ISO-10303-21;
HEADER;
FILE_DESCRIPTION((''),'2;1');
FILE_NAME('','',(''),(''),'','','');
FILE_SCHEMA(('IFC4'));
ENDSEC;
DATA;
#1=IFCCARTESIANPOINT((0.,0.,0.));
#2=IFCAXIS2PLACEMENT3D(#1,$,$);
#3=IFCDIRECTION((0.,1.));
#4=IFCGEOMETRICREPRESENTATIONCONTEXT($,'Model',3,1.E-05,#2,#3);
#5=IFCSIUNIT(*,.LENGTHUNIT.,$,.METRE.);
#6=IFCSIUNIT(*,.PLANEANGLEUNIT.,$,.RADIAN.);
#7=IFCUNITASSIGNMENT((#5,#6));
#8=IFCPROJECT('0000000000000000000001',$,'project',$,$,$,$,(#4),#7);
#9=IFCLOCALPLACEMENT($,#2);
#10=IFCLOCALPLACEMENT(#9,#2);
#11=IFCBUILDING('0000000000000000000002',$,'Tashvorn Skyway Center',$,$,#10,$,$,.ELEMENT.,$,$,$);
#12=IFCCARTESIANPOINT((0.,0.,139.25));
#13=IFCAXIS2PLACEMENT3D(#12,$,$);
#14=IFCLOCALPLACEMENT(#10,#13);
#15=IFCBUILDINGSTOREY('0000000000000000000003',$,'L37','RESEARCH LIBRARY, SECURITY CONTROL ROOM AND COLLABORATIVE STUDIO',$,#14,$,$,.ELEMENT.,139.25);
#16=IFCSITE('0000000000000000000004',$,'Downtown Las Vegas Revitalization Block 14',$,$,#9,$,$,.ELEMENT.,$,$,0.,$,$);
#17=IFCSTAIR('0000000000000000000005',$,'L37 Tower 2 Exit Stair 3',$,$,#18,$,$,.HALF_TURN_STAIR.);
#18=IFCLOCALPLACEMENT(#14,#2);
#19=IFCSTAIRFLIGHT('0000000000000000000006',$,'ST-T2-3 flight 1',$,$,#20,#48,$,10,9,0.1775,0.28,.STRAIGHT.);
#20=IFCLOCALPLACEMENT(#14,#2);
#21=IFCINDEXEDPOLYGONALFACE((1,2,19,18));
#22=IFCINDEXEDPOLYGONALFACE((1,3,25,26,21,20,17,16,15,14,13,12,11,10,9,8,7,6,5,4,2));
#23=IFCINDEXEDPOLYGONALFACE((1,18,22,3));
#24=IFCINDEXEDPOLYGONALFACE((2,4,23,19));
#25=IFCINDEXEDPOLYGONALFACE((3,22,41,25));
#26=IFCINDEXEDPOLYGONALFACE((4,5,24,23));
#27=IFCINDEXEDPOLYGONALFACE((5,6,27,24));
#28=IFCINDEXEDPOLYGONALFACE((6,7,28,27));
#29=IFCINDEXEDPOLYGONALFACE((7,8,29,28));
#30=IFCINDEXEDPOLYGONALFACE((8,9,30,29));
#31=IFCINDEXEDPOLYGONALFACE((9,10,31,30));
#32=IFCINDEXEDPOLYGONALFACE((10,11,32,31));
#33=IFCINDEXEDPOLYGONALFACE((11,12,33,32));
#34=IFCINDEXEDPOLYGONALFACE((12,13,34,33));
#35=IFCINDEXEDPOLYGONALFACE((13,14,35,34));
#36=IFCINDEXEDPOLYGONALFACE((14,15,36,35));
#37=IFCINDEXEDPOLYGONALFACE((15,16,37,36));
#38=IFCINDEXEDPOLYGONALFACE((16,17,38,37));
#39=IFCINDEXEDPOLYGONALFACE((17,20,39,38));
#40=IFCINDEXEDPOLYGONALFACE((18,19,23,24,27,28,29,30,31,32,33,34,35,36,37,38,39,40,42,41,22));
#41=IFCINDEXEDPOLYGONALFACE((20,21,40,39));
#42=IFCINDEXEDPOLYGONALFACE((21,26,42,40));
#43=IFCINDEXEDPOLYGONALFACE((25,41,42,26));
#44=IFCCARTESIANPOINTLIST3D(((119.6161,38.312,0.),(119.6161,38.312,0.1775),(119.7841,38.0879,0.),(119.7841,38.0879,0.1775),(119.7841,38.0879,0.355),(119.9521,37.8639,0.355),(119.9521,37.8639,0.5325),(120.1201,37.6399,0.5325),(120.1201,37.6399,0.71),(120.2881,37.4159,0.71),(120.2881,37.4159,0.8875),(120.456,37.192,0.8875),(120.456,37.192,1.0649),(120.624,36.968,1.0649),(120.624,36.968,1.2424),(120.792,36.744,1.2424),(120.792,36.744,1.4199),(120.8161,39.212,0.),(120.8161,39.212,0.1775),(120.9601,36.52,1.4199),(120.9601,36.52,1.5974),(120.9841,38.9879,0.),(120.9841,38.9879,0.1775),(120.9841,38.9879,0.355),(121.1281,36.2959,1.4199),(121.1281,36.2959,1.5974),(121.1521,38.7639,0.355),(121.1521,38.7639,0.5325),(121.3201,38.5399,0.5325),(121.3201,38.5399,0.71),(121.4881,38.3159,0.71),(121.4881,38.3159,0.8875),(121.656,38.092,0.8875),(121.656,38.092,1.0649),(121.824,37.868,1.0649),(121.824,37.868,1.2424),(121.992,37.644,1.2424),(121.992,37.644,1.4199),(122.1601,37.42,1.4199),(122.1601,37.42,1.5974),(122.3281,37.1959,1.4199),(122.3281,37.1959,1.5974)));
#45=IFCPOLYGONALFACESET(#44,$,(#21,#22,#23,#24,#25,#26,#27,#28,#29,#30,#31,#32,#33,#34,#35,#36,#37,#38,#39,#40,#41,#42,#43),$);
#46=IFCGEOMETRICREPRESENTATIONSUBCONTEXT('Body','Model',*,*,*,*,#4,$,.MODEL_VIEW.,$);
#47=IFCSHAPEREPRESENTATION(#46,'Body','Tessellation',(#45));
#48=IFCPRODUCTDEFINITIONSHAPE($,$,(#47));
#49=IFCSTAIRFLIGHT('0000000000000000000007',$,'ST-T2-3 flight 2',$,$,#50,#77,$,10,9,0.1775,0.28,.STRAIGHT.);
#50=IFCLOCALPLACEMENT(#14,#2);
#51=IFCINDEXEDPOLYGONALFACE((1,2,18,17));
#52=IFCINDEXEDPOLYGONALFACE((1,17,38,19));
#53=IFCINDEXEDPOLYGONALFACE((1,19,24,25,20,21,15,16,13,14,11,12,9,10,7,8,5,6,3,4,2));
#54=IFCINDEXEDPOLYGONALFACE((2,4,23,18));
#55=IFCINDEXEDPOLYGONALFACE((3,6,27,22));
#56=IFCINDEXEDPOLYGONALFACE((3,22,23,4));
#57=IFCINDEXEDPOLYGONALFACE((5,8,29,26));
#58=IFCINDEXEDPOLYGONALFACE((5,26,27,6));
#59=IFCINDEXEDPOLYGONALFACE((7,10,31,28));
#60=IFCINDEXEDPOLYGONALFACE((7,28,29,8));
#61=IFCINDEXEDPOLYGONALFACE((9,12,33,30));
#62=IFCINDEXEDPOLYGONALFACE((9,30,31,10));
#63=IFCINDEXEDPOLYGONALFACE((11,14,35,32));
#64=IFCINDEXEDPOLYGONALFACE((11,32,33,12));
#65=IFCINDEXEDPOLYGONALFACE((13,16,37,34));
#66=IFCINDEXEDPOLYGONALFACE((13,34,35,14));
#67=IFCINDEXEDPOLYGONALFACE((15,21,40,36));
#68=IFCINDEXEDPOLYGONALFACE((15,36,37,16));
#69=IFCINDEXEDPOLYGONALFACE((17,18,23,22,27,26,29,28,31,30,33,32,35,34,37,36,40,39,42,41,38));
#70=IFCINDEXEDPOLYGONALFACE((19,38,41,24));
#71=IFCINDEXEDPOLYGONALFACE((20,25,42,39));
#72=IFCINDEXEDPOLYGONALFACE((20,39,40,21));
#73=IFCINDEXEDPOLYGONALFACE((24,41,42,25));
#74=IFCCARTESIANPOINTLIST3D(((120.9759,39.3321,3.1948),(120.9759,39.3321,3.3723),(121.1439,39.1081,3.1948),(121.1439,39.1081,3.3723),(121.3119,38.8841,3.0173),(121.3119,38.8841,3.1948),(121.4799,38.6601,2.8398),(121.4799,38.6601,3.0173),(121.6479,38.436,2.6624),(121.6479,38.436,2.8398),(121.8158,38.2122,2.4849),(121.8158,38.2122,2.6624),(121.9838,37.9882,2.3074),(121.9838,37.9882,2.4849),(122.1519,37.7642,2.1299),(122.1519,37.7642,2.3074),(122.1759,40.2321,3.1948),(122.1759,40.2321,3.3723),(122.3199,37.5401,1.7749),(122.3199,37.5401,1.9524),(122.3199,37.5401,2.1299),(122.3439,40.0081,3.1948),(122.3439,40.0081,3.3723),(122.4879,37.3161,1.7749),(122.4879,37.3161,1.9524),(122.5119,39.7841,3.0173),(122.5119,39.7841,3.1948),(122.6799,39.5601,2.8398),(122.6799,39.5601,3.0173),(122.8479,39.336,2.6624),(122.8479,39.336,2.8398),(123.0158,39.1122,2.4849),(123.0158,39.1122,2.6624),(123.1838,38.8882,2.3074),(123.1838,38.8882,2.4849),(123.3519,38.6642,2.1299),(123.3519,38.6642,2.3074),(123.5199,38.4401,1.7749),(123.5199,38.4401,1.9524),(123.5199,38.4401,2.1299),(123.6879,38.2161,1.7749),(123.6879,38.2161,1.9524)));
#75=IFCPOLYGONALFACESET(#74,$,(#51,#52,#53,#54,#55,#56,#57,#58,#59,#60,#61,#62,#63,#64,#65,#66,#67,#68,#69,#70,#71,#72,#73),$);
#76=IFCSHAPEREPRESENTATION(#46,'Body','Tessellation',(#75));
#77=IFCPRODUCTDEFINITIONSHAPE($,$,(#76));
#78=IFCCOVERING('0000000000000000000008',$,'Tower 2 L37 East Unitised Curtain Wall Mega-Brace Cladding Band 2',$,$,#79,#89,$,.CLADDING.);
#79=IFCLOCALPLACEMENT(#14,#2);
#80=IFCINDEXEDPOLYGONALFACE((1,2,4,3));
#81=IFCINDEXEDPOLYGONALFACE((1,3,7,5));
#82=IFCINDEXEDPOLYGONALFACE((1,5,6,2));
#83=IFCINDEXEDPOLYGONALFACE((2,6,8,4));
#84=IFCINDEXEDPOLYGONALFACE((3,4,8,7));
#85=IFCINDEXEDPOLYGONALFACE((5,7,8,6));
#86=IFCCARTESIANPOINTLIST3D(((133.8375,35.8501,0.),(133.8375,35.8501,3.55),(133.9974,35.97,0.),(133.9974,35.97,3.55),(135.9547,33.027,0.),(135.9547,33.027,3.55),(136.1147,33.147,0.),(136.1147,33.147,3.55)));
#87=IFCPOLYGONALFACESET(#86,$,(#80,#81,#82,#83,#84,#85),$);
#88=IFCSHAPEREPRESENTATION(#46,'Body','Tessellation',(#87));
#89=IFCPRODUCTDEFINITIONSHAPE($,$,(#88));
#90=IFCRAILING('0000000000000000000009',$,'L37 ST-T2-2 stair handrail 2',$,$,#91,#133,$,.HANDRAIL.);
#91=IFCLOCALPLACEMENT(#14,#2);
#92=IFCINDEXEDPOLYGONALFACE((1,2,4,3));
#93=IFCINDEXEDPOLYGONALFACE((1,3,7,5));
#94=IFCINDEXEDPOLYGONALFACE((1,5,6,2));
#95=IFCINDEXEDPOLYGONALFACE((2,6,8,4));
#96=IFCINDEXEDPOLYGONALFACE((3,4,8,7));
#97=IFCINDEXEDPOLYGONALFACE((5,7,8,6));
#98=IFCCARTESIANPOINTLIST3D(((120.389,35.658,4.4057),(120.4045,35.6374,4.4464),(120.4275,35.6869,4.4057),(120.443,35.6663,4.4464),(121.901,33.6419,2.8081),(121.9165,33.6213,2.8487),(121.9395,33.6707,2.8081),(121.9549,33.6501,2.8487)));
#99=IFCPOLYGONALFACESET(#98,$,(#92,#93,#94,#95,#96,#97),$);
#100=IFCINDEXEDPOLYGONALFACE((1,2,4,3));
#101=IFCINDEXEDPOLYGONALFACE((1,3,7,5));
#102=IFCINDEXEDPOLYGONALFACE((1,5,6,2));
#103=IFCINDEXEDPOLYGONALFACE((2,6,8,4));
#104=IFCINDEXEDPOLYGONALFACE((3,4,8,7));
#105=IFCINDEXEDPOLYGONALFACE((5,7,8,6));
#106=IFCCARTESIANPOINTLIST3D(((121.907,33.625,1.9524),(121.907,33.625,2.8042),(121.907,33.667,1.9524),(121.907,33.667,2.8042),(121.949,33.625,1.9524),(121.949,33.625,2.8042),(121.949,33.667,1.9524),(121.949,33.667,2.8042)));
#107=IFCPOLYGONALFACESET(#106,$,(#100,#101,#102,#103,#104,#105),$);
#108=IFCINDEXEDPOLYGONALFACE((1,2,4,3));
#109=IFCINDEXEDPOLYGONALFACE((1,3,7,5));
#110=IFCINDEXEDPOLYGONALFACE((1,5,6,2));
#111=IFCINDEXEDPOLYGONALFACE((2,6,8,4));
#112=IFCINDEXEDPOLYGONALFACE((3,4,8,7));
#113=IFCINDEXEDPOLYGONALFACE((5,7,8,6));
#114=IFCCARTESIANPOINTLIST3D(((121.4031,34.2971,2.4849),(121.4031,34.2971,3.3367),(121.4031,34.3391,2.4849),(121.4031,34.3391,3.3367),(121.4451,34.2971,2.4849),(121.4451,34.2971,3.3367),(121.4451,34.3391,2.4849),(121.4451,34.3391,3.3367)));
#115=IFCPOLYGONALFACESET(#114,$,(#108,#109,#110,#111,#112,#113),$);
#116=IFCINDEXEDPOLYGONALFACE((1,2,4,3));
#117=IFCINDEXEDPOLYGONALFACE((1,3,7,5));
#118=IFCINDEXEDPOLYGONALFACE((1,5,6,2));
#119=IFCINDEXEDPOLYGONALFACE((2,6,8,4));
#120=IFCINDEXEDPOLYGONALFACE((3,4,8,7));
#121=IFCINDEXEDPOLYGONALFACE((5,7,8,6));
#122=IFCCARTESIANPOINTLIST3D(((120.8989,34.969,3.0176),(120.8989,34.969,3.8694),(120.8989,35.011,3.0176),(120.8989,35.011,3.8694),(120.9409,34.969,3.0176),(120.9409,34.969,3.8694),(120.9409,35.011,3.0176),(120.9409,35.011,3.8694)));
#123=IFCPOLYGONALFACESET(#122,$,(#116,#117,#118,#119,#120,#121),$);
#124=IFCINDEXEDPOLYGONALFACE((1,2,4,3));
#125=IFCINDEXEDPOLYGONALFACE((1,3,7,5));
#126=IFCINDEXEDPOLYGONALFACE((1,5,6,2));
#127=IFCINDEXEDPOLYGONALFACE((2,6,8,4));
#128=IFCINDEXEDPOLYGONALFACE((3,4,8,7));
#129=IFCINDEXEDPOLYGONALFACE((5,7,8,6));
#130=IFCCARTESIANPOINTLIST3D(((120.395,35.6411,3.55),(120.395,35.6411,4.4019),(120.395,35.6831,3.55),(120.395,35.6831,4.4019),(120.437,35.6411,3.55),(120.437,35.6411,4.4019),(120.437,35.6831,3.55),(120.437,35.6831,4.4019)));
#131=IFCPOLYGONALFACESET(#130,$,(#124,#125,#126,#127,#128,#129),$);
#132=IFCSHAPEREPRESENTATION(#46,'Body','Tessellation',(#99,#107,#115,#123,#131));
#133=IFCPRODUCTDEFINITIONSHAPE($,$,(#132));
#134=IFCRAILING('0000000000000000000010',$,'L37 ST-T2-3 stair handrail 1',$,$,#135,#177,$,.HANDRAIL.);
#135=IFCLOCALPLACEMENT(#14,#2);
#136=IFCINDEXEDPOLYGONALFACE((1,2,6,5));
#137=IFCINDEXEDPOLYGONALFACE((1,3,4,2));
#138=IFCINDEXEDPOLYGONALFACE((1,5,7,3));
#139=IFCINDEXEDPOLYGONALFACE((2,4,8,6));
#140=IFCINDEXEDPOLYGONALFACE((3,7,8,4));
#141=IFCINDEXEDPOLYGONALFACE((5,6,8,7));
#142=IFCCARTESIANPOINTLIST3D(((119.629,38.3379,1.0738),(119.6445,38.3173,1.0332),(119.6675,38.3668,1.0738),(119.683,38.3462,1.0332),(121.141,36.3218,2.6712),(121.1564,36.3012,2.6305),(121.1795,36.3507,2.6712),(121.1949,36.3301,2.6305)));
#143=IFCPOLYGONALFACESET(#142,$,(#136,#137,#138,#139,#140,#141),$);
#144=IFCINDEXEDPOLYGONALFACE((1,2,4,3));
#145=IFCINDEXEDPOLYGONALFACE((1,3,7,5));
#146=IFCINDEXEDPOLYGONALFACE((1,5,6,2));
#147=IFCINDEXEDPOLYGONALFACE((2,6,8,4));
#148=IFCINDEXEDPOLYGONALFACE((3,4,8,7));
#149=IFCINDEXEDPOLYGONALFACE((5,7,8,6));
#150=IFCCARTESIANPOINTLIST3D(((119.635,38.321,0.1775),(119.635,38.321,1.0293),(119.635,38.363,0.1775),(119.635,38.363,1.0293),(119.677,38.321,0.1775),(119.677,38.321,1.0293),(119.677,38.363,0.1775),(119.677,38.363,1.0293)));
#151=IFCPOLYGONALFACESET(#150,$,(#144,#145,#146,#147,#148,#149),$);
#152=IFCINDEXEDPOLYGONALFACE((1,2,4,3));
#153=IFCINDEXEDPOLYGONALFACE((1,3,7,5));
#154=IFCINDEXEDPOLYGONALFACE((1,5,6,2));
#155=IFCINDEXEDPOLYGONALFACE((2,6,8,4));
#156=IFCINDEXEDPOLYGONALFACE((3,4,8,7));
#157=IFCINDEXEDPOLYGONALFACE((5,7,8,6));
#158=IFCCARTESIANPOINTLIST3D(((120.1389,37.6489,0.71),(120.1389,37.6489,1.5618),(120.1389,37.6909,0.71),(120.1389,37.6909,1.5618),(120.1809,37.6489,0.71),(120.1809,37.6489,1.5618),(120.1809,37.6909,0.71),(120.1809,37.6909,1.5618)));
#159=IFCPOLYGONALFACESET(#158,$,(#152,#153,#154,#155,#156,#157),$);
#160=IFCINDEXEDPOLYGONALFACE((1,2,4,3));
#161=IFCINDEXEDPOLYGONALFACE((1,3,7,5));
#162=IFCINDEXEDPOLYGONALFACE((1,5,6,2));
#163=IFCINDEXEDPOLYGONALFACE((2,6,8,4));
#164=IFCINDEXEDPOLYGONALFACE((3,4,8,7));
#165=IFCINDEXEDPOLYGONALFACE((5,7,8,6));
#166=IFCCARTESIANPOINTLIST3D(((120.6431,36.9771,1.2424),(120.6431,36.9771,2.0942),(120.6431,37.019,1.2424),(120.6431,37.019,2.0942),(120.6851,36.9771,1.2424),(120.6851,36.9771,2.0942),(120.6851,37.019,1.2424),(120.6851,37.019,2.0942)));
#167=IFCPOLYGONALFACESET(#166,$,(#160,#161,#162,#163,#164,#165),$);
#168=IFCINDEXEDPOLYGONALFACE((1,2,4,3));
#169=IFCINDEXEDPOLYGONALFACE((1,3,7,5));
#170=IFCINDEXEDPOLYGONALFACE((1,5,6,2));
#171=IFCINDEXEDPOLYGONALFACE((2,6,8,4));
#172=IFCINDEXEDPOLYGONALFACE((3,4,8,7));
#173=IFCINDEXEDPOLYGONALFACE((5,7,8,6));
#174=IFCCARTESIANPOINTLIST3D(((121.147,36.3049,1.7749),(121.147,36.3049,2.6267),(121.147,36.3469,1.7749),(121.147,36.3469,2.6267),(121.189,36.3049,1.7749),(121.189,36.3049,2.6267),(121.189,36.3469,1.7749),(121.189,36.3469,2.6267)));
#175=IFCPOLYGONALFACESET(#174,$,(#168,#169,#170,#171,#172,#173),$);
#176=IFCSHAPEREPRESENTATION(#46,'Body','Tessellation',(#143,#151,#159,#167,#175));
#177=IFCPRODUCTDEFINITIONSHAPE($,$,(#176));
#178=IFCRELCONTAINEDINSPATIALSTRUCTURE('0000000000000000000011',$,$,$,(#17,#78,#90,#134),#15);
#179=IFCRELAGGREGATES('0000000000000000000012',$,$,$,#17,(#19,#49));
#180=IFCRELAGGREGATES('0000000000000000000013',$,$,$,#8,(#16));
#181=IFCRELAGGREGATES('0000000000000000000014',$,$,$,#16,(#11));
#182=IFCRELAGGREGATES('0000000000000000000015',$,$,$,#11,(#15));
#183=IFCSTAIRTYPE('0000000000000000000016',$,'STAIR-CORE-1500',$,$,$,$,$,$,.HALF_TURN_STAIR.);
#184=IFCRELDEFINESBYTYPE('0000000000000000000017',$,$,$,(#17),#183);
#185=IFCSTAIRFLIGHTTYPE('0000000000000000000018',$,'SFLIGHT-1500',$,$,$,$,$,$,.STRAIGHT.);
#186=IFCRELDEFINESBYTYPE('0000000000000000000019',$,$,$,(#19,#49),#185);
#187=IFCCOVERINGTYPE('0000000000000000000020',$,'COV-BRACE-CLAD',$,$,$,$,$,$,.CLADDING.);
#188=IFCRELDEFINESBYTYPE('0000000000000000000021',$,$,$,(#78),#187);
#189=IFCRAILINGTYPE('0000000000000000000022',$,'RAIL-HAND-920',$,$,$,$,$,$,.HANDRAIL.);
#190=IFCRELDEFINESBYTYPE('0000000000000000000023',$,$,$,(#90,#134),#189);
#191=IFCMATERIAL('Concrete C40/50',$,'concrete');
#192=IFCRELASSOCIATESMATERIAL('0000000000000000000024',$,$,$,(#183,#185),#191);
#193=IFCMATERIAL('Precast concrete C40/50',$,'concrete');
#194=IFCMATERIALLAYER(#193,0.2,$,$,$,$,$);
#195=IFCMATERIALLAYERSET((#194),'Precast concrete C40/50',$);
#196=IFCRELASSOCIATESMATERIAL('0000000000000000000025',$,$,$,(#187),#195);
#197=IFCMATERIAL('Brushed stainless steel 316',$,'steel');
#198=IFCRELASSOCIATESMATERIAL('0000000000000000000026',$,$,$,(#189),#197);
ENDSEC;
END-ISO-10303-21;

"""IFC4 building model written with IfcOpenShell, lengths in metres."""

from ifc_helpers import new_model, si_unit, direction, frame, origin, origin_2d, place, context, subcontext, project, spatial, polyline, rectangle, outline, extrude, material, layer, layer_set, type_object, element, aggregate, save


model = new_model("IFC4")

# Units and contexts
model_context = context("Model", 3, precision=1e-05, world=origin(), true_north=direction((0.0, 1.0)))
body_context = subcontext(model_context, "Body", "Model", "MODEL_VIEW")
ifc_project = project(units=[si_unit("LENGTHUNIT", "METRE"), si_unit("PLANEANGLEUNIT", "RADIAN")], contexts=[model_context])

# Site, building, storey
site_placement = place(None, origin())
site = spatial("IfcSite", under=ifc_project, at=site_placement, Name="Downtown Las Vegas Revitalization Block 14", CompositionType="ELEMENT", RefElevation=0.0)
building_placement = place(site_placement, origin())
building = spatial("IfcBuilding", under=site, at=building_placement, Name="Tashvorn Skyway Center", CompositionType="ELEMENT")
storey_placement = place(building_placement, frame((0.0, 0.0, 139.25)))
storey = spatial("IfcBuildingStorey", under=building, at=storey_placement, Name="L37", Description="RESEARCH LIBRARY, SECURITY CONTROL ROOM AND COLLABORATIVE STUDIO", CompositionType="ELEMENT", Elevation=139.25)

# Shared definitions
ifc_material_1 = material(Name="Concrete C40/50", Category="concrete")

# Shared definitions
stair_type = type_object("IfcStairType", Name="STAIR-CORE-1500", PredefinedType="HALF_TURN_STAIR", material=ifc_material_1)
stair_flight_type = type_object("IfcStairFlightType", Name="SFLIGHT-1500", PredefinedType="STRAIGHT", material=ifc_material_1)

# Stair, stair flights
stair_1_placement = place(storey_placement, origin())
stair_1 = element("IfcStair", 1, at=stair_1_placement, inside=storey, type_object=stair_type, Name="L37 Tower 2 Exit Stair 3", PredefinedType="HALF_TURN_STAIR")
stair_flight_1_placement = place(storey_placement, frame((120.2161, 38.762, 0.0), z_axis=(0.0, 0.0, 1.0), x_axis=(0.6, -0.8, 0.0)))
stair_flight_1 = element("IfcStairFlight", 2, at=stair_flight_1_placement, type_object=stair_flight_type, Name="ST-T2-3 flight 1", NumberOfRisers=10, NumberOfTreads=9, PredefinedType="STRAIGHT", RiserHeight=0.1775, TreadLength=0.28, context=body_context, shape_type="SweptSolid", body=[
    extrude(outline(polyline([(0.0, 0.0), (0.0, 0.1775), (0.28, 0.1775), (0.28, 0.355), (0.5601, 0.355), (0.5601, 0.5325), (0.8401, 0.5325), (0.8401, 0.71), (1.1201, 0.71), (1.1201, 0.8875), (1.3999, 0.8875), (1.3999, 1.0649), (1.6799, 1.0649), (1.6799, 1.2424), (1.96, 1.2424), (1.96, 1.4199), (2.24, 1.4199), (2.24, 1.5974), (2.52, 1.5974), (2.52, 1.7749), (2.52, 1.4199), (0.28, 0.0), (0.0, 0.0)])), frame((0.0, 0.75, 0.0), z_axis=(0.0, -1.0, 0.0), x_axis=(1.0, 0.0, 0.0)), (0.0, 0.0, 1.0), 1.5),
])
stair_flight_2_placement = place(storey_placement, frame((123.0879, 37.7661, 1.7749), z_axis=(0.0, 0.0, 1.0), x_axis=(-0.6, 0.8, 0.0)))
stair_flight_2 = element("IfcStairFlight", 3, at=stair_flight_2_placement, type_object=stair_flight_type, Name="ST-T2-3 flight 2", NumberOfRisers=10, NumberOfTreads=9, PredefinedType="STRAIGHT", RiserHeight=0.1775, TreadLength=0.28, context=body_context, shape_type="SweptSolid", body=[
    extrude(outline(polyline([(0.0, 0.0), (0.0, 0.1775), (0.28, 0.1775), (0.28, 0.355), (0.5601, 0.355), (0.5601, 0.5325), (0.8401, 0.5325), (0.8401, 0.71), (1.1201, 0.71), (1.1201, 0.8875), (1.3999, 0.8875), (1.3999, 1.0649), (1.6799, 1.0649), (1.6799, 1.2424), (1.96, 1.2424), (1.96, 1.4199), (2.24, 1.4199), (2.24, 1.5974), (2.52, 1.5974), (2.52, 1.7749), (2.52, 1.4199), (0.28, 0.0), (0.0, 0.0)])), frame((0.0, 0.75, 0.0), z_axis=(0.0, -1.0, 0.0), x_axis=(1.0, 0.0, 0.0)), (0.0, 0.0, 1.0), 1.5),
])
aggregate(stair_1, [stair_flight_1, stair_flight_2])

# Covering
ifc_material_2 = material(Name="Precast concrete C40/50", Category="concrete")
ifc_layer_1 = layer(ifc_material_2, 0.2)
ifc_layer_set_1 = layer_set([ifc_layer_1], Name="Precast concrete C40/50")
covering_type = type_object("IfcCoveringType", Name="COV-BRACE-CLAD", PredefinedType="CLADDING", material=ifc_layer_set_1)
covering_placement = place(storey_placement, frame((134.9761, 34.4985, 0.0), z_axis=(0.0, 0.0, 1.0), x_axis=(0.6, -0.8, 0.0)))
element("IfcCovering", 4, at=covering_placement, inside=storey, type_object=covering_type, Name="Tower 2 L37 East Unitised Curtain Wall Mega-Brace Cladding Band 2", PredefinedType="CLADDING", context=body_context, shape_type="SweptSolid", body=[
    extrude(rectangle(XDim=3.5288, YDim=0.2, at=origin_2d()), origin(), (0.0, 0.0, 1.0), 3.55),
])

# Railings
ifc_material_3 = material(Name="Brushed stainless steel 316", Category="steel")
railing_type_1 = type_object("IfcRailingType", Name="RAIL-HAND-920", PredefinedType="HANDRAIL", material=ifc_material_3)
railing_1_placement = place(storey_placement, frame((121.928, 33.646, 1.9524)))
element("IfcRailing", 5, at=railing_1_placement, inside=storey, type_object=railing_type_1, Name="L37 ST-T2-2 stair handrail 2", PredefinedType="HANDRAIL", context=body_context, shape_type="SweptSolid", body=[
    extrude(rectangle(XDim=0.0481, YDim=0.0481, at=origin_2d()), frame((0.0, 0.0, 0.876), z_axis=(-0.506719, 0.675679, 0.535438), x_axis=(-0.800023, -0.599969, 0.0)), (0.0, 0.0, 1.0), 2.9839),
    extrude(rectangle(XDim=0.042, YDim=0.042, at=origin_2d()), origin(), (0.0, 0.0, 1.0), 0.8518),
    extrude(rectangle(XDim=0.042, YDim=0.042, at=origin_2d()), frame((-0.5039, 0.6721, 0.5325)), (0.0, 0.0, 1.0), 0.8518),
    extrude(rectangle(XDim=0.042, YDim=0.042, at=origin_2d()), frame((-1.0081, 1.344, 1.0652)), (0.0, 0.0, 1.0), 0.8518),
    extrude(rectangle(XDim=0.042, YDim=0.042, at=origin_2d()), frame((-1.512, 2.0161, 1.5977)), (0.0, 0.0, 1.0), 0.8518),
])
railing_2_placement = place(storey_placement, frame((119.656, 38.342, 0.1775)))
element("IfcRailing", 6, at=railing_2_placement, inside=storey, type_object=railing_type_1, Name="L37 ST-T2-3 stair handrail 1", PredefinedType="HANDRAIL", context=body_context, shape_type="SweptSolid", body=[
    extrude(rectangle(XDim=0.0481, YDim=0.0481, at=origin_2d()), frame((0.0, 0.0, 0.876), z_axis=(0.506741, -0.675709, 0.535379), x_axis=(0.800023, 0.599969, 0.0)), (0.0, 0.0, 1.0), 2.9836),
    extrude(rectangle(XDim=0.042, YDim=0.042, at=origin_2d()), origin(), (0.0, 0.0, 1.0), 0.8518),
    extrude(rectangle(XDim=0.042, YDim=0.042, at=origin_2d()), frame((0.5039, -0.6721, 0.5325)), (0.0, 0.0, 1.0), 0.8518),
    extrude(rectangle(XDim=0.042, YDim=0.042, at=origin_2d()), frame((1.0081, -1.344, 1.0649)), (0.0, 0.0, 1.0), 0.8518),
    extrude(rectangle(XDim=0.042, YDim=0.042, at=origin_2d()), frame((1.512, -2.0161, 1.5974)), (0.0, 0.0, 1.0), 0.8518),
])

save(model, "model.ifc")
